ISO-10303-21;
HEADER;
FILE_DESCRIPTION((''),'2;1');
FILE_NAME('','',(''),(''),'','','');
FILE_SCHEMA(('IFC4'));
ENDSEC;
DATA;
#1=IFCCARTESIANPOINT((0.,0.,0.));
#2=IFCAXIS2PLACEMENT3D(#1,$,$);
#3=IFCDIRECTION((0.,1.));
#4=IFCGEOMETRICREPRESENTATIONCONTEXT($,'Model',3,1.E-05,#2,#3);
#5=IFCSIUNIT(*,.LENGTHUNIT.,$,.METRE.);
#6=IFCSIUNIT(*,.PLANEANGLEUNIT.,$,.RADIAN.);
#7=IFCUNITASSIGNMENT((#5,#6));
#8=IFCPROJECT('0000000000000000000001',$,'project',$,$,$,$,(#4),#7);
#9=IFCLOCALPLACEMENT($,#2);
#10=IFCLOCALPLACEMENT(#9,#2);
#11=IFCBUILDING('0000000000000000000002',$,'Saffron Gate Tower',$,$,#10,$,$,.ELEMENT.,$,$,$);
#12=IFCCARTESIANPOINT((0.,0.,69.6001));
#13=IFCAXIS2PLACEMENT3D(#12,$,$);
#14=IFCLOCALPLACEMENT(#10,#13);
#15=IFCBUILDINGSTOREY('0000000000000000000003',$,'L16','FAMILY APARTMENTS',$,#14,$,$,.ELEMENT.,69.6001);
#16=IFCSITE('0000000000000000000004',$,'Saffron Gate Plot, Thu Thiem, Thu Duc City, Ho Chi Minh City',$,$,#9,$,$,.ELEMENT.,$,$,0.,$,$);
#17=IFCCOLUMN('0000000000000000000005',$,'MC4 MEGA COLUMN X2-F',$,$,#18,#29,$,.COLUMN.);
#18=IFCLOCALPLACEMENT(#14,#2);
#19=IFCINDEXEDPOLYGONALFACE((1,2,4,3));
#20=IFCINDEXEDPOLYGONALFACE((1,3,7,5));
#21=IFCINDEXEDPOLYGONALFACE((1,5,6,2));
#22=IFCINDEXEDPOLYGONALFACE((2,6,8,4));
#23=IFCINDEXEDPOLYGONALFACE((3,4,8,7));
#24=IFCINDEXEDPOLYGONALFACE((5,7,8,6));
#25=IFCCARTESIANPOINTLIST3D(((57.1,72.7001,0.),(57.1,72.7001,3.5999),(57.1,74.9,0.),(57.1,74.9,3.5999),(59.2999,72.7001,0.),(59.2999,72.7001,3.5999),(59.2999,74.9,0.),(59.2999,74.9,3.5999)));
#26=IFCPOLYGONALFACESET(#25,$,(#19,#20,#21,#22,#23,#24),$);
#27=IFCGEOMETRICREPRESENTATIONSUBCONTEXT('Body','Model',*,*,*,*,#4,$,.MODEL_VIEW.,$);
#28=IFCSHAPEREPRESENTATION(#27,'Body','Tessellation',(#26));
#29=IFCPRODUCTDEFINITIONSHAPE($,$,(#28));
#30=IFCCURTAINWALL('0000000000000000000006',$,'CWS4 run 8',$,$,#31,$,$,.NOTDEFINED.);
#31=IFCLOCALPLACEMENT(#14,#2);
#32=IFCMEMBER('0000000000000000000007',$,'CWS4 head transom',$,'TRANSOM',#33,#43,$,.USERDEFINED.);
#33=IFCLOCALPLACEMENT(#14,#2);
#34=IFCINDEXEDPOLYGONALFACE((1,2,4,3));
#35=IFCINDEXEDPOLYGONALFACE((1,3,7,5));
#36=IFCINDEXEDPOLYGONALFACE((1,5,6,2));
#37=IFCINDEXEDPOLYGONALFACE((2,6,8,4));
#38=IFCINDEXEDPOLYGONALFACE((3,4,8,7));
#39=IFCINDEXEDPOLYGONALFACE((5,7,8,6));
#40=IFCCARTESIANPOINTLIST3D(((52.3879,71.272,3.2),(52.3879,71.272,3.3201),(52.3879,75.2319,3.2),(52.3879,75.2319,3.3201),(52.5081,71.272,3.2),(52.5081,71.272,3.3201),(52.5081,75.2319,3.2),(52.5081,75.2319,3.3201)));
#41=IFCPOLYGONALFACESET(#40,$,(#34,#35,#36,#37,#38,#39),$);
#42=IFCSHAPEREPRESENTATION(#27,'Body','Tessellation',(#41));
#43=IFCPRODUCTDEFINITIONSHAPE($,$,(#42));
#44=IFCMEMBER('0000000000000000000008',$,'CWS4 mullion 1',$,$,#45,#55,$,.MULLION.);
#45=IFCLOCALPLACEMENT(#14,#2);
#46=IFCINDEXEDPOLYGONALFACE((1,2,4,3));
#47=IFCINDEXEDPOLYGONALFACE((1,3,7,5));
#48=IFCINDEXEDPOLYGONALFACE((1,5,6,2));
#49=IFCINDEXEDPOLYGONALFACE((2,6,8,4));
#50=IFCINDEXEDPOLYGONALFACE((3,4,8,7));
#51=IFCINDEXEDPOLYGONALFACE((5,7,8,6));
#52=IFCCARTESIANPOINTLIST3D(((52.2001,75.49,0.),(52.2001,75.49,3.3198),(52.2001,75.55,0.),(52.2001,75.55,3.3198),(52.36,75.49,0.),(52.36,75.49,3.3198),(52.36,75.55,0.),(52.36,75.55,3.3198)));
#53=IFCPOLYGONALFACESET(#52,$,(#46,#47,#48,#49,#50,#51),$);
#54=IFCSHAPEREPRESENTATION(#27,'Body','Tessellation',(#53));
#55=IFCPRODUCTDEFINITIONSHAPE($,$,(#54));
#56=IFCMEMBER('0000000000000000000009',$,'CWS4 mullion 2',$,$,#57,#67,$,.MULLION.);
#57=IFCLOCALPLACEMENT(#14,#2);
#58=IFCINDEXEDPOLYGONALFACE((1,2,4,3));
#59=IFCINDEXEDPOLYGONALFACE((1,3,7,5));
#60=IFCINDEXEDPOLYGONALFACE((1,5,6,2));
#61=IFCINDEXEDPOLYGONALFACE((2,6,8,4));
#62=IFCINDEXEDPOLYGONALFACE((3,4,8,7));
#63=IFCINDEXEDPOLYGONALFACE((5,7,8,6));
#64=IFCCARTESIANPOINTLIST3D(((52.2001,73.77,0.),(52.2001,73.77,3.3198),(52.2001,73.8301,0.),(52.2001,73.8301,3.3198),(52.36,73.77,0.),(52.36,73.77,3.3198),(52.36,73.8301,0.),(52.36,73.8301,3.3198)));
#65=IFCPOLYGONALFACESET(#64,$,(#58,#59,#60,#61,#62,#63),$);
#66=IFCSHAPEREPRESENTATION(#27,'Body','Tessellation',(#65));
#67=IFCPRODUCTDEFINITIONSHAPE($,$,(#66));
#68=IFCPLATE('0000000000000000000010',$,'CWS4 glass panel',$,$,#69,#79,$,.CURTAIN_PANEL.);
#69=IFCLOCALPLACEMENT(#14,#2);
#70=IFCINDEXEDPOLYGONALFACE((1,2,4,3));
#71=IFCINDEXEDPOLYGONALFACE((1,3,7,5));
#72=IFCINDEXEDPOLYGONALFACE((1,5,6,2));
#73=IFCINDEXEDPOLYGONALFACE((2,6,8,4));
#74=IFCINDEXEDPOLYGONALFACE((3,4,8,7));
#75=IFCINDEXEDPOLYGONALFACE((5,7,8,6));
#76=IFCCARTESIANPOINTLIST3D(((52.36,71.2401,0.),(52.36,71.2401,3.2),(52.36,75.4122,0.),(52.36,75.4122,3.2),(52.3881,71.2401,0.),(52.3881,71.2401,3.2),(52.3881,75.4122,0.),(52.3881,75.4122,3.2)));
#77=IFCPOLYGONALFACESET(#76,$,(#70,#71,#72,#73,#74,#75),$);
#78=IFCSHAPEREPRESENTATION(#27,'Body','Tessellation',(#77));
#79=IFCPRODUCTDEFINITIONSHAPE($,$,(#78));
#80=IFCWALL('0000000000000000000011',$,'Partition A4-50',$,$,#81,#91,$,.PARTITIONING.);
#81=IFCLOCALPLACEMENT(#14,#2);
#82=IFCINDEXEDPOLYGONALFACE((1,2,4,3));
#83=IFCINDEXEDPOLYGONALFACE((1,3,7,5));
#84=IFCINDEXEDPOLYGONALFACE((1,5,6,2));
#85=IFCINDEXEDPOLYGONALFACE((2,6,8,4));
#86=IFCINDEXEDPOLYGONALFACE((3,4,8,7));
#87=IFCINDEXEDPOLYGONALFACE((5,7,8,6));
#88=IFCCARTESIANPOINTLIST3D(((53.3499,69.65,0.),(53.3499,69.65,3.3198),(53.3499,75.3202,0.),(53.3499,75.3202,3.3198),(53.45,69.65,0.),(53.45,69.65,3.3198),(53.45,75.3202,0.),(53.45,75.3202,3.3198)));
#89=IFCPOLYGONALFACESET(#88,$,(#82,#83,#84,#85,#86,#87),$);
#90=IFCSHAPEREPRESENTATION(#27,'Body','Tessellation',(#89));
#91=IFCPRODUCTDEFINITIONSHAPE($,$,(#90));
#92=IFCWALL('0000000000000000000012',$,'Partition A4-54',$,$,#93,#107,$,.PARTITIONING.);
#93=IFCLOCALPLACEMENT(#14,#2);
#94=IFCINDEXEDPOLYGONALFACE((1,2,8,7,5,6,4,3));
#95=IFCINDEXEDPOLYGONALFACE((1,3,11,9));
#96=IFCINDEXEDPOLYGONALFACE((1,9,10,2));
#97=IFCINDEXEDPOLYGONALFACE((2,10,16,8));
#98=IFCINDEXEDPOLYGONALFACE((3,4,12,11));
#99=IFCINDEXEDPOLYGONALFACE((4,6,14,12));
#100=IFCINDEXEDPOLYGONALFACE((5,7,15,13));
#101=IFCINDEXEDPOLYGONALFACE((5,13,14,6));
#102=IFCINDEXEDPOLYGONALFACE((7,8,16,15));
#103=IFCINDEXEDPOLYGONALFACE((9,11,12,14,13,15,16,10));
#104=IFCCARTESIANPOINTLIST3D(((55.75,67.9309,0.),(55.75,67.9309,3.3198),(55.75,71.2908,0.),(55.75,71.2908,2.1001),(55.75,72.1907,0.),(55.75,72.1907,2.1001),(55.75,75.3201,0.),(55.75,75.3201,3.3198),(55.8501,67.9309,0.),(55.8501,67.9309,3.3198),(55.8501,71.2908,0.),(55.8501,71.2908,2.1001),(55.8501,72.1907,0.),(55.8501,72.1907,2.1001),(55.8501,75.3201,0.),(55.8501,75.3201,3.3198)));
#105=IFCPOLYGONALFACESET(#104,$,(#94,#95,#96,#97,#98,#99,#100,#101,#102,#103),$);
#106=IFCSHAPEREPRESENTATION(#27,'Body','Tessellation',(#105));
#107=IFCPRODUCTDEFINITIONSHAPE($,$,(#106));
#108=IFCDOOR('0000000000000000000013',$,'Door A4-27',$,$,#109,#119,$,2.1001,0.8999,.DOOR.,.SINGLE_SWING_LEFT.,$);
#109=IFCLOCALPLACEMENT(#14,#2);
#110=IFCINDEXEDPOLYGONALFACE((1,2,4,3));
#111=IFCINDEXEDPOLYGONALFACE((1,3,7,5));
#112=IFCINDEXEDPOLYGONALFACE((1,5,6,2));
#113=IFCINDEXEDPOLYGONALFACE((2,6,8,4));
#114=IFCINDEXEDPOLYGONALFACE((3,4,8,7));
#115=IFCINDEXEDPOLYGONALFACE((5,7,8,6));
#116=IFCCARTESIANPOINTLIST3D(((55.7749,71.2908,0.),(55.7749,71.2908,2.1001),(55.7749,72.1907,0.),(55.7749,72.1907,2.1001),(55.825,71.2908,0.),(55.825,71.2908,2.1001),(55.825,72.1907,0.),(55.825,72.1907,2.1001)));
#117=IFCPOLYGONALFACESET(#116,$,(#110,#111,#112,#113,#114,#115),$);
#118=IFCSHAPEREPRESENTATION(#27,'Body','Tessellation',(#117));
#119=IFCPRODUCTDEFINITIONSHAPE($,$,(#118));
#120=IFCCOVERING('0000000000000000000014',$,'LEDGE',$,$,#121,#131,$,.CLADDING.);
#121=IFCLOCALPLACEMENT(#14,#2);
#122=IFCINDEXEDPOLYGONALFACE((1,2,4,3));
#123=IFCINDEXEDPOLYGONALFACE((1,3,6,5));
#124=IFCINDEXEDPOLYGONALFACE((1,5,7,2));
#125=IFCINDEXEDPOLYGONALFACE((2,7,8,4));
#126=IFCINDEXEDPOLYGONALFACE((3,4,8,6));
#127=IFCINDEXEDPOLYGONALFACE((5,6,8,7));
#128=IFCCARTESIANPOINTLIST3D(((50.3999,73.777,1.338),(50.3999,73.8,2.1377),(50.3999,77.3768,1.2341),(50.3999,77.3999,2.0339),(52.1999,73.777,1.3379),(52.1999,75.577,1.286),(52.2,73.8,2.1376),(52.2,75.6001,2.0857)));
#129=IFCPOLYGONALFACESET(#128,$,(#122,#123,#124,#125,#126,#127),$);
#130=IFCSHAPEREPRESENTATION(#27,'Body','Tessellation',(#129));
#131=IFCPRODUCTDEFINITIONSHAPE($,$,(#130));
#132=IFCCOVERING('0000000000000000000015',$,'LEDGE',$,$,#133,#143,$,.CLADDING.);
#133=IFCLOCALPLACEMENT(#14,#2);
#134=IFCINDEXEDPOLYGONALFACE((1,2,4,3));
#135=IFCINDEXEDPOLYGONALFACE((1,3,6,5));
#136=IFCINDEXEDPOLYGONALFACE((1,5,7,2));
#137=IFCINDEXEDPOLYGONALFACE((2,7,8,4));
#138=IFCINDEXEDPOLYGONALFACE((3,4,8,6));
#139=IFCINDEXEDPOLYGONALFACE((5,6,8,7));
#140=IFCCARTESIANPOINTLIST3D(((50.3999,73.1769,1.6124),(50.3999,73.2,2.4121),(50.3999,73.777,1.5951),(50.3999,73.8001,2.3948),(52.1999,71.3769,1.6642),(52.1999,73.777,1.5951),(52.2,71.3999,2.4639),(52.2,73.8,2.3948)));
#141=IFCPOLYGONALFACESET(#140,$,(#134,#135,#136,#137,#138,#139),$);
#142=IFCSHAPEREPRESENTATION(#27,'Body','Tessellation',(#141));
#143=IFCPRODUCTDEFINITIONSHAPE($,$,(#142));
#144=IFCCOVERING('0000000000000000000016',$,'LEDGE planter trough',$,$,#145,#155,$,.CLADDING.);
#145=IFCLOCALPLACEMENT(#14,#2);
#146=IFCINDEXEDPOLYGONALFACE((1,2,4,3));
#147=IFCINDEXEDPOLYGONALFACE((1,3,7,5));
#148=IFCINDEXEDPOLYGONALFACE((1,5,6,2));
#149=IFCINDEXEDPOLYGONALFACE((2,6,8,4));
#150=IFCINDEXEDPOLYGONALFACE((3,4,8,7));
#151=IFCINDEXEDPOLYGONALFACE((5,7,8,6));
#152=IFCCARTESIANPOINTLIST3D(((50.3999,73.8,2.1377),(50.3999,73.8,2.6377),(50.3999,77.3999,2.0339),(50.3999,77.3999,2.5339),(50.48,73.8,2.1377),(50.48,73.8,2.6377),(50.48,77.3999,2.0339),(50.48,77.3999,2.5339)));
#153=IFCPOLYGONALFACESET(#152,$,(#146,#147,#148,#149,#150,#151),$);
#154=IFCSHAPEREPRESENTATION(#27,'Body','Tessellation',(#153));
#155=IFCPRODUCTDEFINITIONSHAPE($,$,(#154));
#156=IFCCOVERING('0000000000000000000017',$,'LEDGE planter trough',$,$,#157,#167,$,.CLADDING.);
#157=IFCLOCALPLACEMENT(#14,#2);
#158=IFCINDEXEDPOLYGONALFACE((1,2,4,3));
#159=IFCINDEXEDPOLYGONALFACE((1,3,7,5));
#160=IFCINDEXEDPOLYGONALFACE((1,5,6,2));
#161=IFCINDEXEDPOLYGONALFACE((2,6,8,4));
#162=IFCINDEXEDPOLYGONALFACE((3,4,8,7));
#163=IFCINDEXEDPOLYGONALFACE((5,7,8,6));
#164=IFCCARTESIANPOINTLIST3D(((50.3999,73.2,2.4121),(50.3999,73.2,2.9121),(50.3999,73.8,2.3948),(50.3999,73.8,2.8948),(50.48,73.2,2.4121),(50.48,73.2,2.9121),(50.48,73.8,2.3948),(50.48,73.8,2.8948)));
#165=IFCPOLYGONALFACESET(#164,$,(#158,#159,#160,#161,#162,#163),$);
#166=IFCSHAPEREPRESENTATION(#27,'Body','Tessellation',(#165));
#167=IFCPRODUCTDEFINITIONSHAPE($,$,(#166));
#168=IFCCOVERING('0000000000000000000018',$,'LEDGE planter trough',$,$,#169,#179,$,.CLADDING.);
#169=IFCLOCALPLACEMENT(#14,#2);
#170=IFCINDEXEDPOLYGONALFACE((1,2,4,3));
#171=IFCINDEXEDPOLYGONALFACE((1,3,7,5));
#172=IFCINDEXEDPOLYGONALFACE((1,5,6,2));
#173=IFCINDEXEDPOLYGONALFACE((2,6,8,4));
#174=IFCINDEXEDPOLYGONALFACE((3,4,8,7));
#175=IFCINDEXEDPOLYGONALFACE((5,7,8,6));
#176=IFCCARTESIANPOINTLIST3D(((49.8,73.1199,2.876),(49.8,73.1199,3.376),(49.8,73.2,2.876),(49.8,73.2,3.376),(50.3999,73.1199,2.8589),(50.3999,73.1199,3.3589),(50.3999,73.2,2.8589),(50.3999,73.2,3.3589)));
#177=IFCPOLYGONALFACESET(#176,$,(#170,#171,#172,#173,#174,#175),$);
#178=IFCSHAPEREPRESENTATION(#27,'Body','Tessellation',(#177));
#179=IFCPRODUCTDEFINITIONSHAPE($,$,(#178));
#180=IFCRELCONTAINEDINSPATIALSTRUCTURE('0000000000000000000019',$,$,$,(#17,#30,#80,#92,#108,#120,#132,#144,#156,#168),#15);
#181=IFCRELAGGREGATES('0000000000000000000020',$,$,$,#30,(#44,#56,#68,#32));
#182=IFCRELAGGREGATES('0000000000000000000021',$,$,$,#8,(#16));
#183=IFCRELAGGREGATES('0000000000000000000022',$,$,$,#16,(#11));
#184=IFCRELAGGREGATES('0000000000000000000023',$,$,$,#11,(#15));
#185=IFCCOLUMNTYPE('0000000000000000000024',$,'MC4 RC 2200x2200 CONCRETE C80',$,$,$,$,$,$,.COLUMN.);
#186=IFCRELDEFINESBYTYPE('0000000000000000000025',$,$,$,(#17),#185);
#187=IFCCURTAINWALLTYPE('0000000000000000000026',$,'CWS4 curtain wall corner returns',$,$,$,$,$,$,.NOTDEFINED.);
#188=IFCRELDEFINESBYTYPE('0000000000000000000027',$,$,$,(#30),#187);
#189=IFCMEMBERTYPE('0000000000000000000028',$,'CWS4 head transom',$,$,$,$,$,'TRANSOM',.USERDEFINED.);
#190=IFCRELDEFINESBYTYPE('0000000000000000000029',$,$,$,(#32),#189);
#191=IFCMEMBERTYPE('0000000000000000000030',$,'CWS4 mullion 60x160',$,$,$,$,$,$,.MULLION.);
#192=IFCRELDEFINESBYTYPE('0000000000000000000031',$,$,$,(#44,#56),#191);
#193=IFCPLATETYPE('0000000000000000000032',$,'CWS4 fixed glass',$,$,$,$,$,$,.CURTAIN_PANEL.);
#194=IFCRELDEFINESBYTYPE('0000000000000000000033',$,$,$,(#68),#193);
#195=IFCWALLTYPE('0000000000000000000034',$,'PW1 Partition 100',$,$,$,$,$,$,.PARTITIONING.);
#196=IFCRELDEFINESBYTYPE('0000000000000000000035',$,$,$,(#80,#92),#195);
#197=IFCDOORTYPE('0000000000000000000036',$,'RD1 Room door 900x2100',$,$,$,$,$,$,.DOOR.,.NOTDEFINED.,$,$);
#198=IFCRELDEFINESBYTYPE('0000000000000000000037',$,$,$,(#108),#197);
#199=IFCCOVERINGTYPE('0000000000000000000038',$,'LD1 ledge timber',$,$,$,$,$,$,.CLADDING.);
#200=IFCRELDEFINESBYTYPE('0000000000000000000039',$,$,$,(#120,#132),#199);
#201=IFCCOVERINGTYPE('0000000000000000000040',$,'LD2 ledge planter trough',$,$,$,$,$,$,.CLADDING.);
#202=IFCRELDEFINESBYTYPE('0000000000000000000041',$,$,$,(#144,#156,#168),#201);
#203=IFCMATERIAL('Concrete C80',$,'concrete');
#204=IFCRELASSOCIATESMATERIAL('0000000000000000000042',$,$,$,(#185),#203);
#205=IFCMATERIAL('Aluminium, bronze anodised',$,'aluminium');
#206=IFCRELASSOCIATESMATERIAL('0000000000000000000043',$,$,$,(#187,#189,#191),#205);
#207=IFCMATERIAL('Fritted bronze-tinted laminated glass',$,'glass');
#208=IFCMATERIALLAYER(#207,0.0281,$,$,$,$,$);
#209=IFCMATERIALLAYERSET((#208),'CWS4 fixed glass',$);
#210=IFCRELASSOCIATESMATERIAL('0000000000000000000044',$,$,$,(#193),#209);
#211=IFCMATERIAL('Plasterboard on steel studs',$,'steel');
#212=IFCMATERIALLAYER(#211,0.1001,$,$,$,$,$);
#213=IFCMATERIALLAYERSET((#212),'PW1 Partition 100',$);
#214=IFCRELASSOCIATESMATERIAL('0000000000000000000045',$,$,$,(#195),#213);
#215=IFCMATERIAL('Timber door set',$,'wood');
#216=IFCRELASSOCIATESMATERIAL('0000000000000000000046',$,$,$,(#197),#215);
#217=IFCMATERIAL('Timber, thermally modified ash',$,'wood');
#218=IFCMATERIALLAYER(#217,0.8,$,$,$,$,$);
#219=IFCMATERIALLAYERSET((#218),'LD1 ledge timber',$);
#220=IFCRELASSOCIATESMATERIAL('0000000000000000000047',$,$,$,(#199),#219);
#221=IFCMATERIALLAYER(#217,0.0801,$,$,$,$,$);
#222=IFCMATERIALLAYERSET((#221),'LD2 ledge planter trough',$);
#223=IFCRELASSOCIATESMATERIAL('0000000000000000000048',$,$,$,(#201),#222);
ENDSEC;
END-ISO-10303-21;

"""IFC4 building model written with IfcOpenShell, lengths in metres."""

from ifc_helpers import new_model, si_unit, direction, frame, frame_2d, origin, origin_2d, place, context, subcontext, project, spatial, polyline, rectangle, outline, extrude, material, layer, layer_set, material_profile, profile_set, type_object, element, fill, aggregate, save


model = new_model("IFC4")

# Units and contexts
model_context = context("Model", 3, precision=1e-05, world=origin(), true_north=direction((0.0, 1.0)))
body_context = subcontext(model_context, "Body", "Model", "MODEL_VIEW")
ifc_project = project(units=[si_unit("LENGTHUNIT", "METRE"), si_unit("PLANEANGLEUNIT", "RADIAN")], contexts=[model_context])

# Site, building, storey
site_placement = place(None, origin())
site = spatial("IfcSite", under=ifc_project, at=site_placement, Name="Saffron Gate Plot, Thu Thiem, Thu Duc City, Ho Chi Minh City", CompositionType="ELEMENT", RefElevation=0.0)
building_placement = place(site_placement, origin())
building = spatial("IfcBuilding", under=site, at=building_placement, Name="Saffron Gate Tower", CompositionType="ELEMENT")
storey_placement = place(building_placement, frame((0.0, 0.0, 69.6001)))
storey = spatial("IfcBuildingStorey", under=building, at=storey_placement, Name="L16", Description="FAMILY APARTMENTS", CompositionType="ELEMENT", Elevation=69.6001)

# Column
ifc_material_1 = material(Name="Concrete C80", Category="concrete")
ifc_material_profile_1 = material_profile(ifc_material_1, rectangle(XDim=2.2, YDim=2.2, at=origin_2d()))
ifc_profile_set_1 = profile_set([ifc_material_profile_1], Name="Concrete C80")
column_type = type_object("IfcColumnType", Name="MC4 RC 2200x2200 CONCRETE C80", PredefinedType="COLUMN", material=ifc_profile_set_1)
column_placement = place(storey_placement, frame((58.2, 73.8, 0.0), z_axis=(0.0, 0.0, 1.0), x_axis=(1.0, 0.0, 0.0)))
element("IfcColumn", 1, at=column_placement, inside=storey, type_object=column_type, Name="MC4 MEGA COLUMN X2-F", PredefinedType="COLUMN", context=body_context, shape_type="SweptSolid", body=[
    extrude(rectangle(XDim=2.2, YDim=2.2, at=origin_2d()), origin(), (0.0, 0.0, 1.0), 3.5999),
])

# Curtain wall, members, plate
ifc_material_2 = material(Name="Aluminium, bronze anodised", Category="aluminium")
curtain_wall_type = type_object("IfcCurtainWallType", Name="CWS4 curtain wall corner returns", PredefinedType="NOTDEFINED", material=ifc_material_2)
curtain_wall_placement = place(storey_placement, origin())
curtain_wall = element("IfcCurtainWall", 2, at=curtain_wall_placement, inside=storey, type_object=curtain_wall_type, Name="CWS4 run 8", PredefinedType="NOTDEFINED")
ifc_material_profile_2 = material_profile(ifc_material_2, rectangle(XDim=0.1201, YDim=0.1201, at=origin_2d()))
ifc_profile_set_2 = profile_set([ifc_material_profile_2], Name="Aluminium, bronze anodised")
member_type_1 = type_object("IfcMemberType", Name="CWS4 head transom", ElementType="TRANSOM", PredefinedType="USERDEFINED", material=ifc_profile_set_2)
member_1_placement = place(storey_placement, frame((52.448, 75.2319, 3.26), z_axis=(0.0, -1.0, 0.0), x_axis=(1.0, 0.0, 0.0)))
member_1 = element("IfcMember", 3, at=member_1_placement, type_object=member_type_1, Name="CWS4 head transom", ObjectType="TRANSOM", PredefinedType="USERDEFINED", context=body_context, shape_type="SweptSolid", body=[
    extrude(rectangle(XDim=0.1201, YDim=0.1201, at=origin_2d()), origin(), (0.0, 0.0, 1.0), 3.96),
])
ifc_material_profile_3 = material_profile(ifc_material_2, rectangle(XDim=0.1599, YDim=0.0601, at=origin_2d()))
ifc_profile_set_3 = profile_set([ifc_material_profile_3], Name="Aluminium, bronze anodised")
member_type_2 = type_object("IfcMemberType", Name="CWS4 mullion 60x160", PredefinedType="MULLION", material=ifc_profile_set_3)
member_2_placement = place(storey_placement, frame((52.28, 75.52, 0.0), z_axis=(0.0, 0.0, 1.0), x_axis=(1.0, 0.0, 0.0)))
member_2 = element("IfcMember", 4, at=member_2_placement, type_object=member_type_2, Name="CWS4 mullion 1", PredefinedType="MULLION", context=body_context, shape_type="SweptSolid", body=[
    extrude(rectangle(XDim=0.1599, YDim=0.0601, at=origin_2d()), origin(), (0.0, 0.0, 1.0), 3.3198),
])
member_3_placement = place(storey_placement, frame((52.28, 73.8, 0.0), z_axis=(0.0, 0.0, 1.0), x_axis=(1.0, 0.0, 0.0)))
member_3 = element("IfcMember", 5, at=member_3_placement, type_object=member_type_2, Name="CWS4 mullion 2", PredefinedType="MULLION", context=body_context, shape_type="SweptSolid", body=[
    extrude(rectangle(XDim=0.1599, YDim=0.0601, at=origin_2d()), origin(), (0.0, 0.0, 1.0), 3.3198),
])
ifc_material_3 = material(Name="Fritted bronze-tinted laminated glass", Category="glass")
ifc_layer_1 = layer(ifc_material_3, 0.0281)
ifc_layer_set_1 = layer_set([ifc_layer_1], Name="CWS4 fixed glass")
plate_type = type_object("IfcPlateType", Name="CWS4 fixed glass", PredefinedType="CURTAIN_PANEL", material=ifc_layer_set_1)
plate_placement = place(storey_placement, frame((52.374, 75.4121, 0.0), z_axis=(0.0, 0.0, 1.0), x_axis=(0.0, -1.0, 0.0)))
plate = element("IfcPlate", 6, at=plate_placement, type_object=plate_type, Name="CWS4 glass panel", PredefinedType="CURTAIN_PANEL", context=body_context, shape_type="SweptSolid", body=[
    extrude(rectangle(XDim=4.1721, YDim=0.0281, at=frame_2d((2.0859, 0.0))), origin(), (0.0, 0.0, 1.0), 3.2),
])
aggregate(curtain_wall, [member_2, member_3, plate, member_1])

# Wall
ifc_material_4 = material(Name="Plasterboard on steel studs", Category="steel")
ifc_layer_2 = layer(ifc_material_4, 0.1001)
ifc_layer_set_2 = layer_set([ifc_layer_2], Name="PW1 Partition 100")
wall_type = type_object("IfcWallType", Name="PW1 Partition 100", PredefinedType="PARTITIONING", material=ifc_layer_set_2)
wall_1_placement = place(storey_placement, frame((53.3999, 75.3201, 0.0), z_axis=(0.0, 0.0, 1.0), x_axis=(0.0, -1.0, 0.0)))
element("IfcWall", 7, at=wall_1_placement, inside=storey, type_object=wall_type, Name="Partition A4-50", PredefinedType="PARTITIONING", context=body_context, shape_type="SweptSolid", body=[
    extrude(rectangle(XDim=5.6702, YDim=0.1001, at=frame_2d((2.835, 0.0))), origin(), (0.0, 0.0, 1.0), 3.3198),
])

# Wall, opening, door
wall_2_placement = place(storey_placement, frame((55.8, 75.3201, 0.0), z_axis=(0.0, 0.0, 1.0), x_axis=(0.0, -1.0, 0.0)))
wall_2 = element("IfcWall", 8, at=wall_2_placement, inside=storey, type_object=wall_type, Name="Partition A4-54", PredefinedType="PARTITIONING", context=body_context, shape_type="SweptSolid", body=[
    extrude(rectangle(XDim=7.3892, YDim=0.1001, at=frame_2d((3.6946, 0.0))), origin(), (0.0, 0.0, 1.0), 3.3198),
])
opening_placement = place(wall_2_placement, frame((3.1294, 0.0, 0.0)))
opening = element("IfcOpeningElement", 9, at=opening_placement, cuts=wall_2, PredefinedType="OPENING", context=body_context, shape_type="SweptSolid", body=[
    extrude(rectangle(XDim=0.8999, YDim=2.1001, at=frame_2d((0.45, 1.05))), frame((0.0, 0.0601, 0.0), z_axis=(0.0, -1.0, 0.0), x_axis=(1.0, 0.0, 0.0)), (0.0, 0.0, 1.0), 0.1201),
])
ifc_material_5 = material(Name="Timber door set", Category="wood")
door_type = type_object("IfcDoorType", Name="RD1 Room door 900x2100", OperationType="NOTDEFINED", PredefinedType="DOOR", material=ifc_material_5)
door_placement = place(opening_placement, origin())
door = element("IfcDoor", 10, at=door_placement, inside=storey, type_object=door_type, Name="Door A4-27", OperationType="SINGLE_SWING_LEFT", OverallHeight=2.1001, OverallWidth=0.8999, PredefinedType="DOOR", context=body_context, shape_type="SweptSolid", body=[
    extrude(rectangle(XDim=0.8999, YDim=2.1001, at=frame_2d((0.45, 1.05))), frame((0.0, 0.0249, 0.0), z_axis=(0.0, -1.0, 0.0), x_axis=(1.0, 0.0, 0.0)), (0.0, 0.0, 1.0), 0.05),
])
fill(opening, door)

# Coverings
ifc_material_6 = material(Name="Timber, thermally modified ash", Category="wood")
ifc_layer_3 = layer(ifc_material_6, 0.8)
ifc_layer_set_3 = layer_set([ifc_layer_3], Name="LD1 ledge timber")
covering_type_1 = type_object("IfcCoveringType", Name="LD1 ledge timber", PredefinedType="CLADDING", material=ifc_layer_set_3)
covering_1_placement = place(storey_placement, frame((52.2, 75.6001, 2.0857), z_axis=(0.000044, 0.028833, 0.999584), x_axis=(0.0, -0.999584, 0.028833)))
element("IfcCovering", 11, at=covering_1_placement, inside=storey, type_object=covering_type_1, Name="LEDGE", PredefinedType="CLADDING", context=body_context, shape_type="SweptSolid", body=[
    extrude(outline(polyline([(0.0, 0.0), (1.8008, 0.0), (1.8008, -1.8), (-1.8005, -1.8), (0.0, 0.0)])), origin(), (0.0, 0.0, -1.0), 0.8),
])
covering_2_placement = place(storey_placement, frame((52.2, 73.8, 2.3948), z_axis=(0.000026, 0.028794, 0.999585), x_axis=(0.0, -0.999585, 0.028794)))
element("IfcCovering", 12, at=covering_2_placement, inside=storey, type_object=covering_type_1, Name="LEDGE", PredefinedType="CLADDING", context=body_context, shape_type="SweptSolid", body=[
    extrude(outline(polyline([(0.0, 0.0), (2.4011, 0.0), (0.6003, -1.8), (0.0, -1.8), (0.0, 0.0)])), origin(), (0.0, 0.0, -1.0), 0.8),
])
ifc_layer_4 = layer(ifc_material_6, 0.0801)
ifc_layer_set_4 = layer_set([ifc_layer_4], Name="LD2 ledge planter trough")
covering_type_2 = type_object("IfcCoveringType", Name="LD2 ledge planter trough", PredefinedType="CLADDING", material=ifc_layer_set_4)
covering_3_placement = place(storey_placement, frame((50.3999, 77.3999, 2.0339), z_axis=(-1.0, 0.0, 0.0), x_axis=(0.0, -0.999585, 0.028811)))
element("IfcCovering", 13, at=covering_3_placement, inside=storey, type_object=covering_type_2, Name="LEDGE planter trough", PredefinedType="CLADDING", context=body_context, shape_type="SweptSolid", body=[
    extrude(outline(polyline([(0.0, 0.0), (3.6013, 0.0), (3.6158, 0.4998), (0.0144, 0.4998), (0.0, 0.0)])), origin(), (0.0, 0.0, -1.0), 0.0801),
])
covering_4_placement = place(storey_placement, frame((50.3999, 73.8, 2.3948), z_axis=(-1.0, 0.0, 0.0), x_axis=(0.0, -0.999583, 0.028873)))
element("IfcCovering", 14, at=covering_4_placement, inside=storey, type_object=covering_type_2, Name="LEDGE planter trough", PredefinedType="CLADDING", context=body_context, shape_type="SweptSolid", body=[
    extrude(outline(polyline([(0.0, 0.0), (0.6003, 0.0), (0.6148, 0.4998), (0.0144, 0.4998), (0.0, 0.0)])), origin(), (0.0, 0.0, -1.0), 0.0801),
])
covering_5_placement = place(storey_placement, frame((50.3999, 73.2, 2.8589), z_axis=(0.0, 1.0, 0.0), x_axis=(-0.999594, 0.0, 0.028478)))
element("IfcCovering", 15, at=covering_5_placement, inside=storey, type_object=covering_type_2, Name="LEDGE planter trough", PredefinedType="CLADDING", context=body_context, shape_type="SweptSolid", body=[
    extrude(outline(polyline([(0.0, 0.0), (0.6001, 0.0), (0.6143, 0.4998), (0.0142, 0.4998), (0.0, 0.0)])), origin(), (0.0, 0.0, -1.0), 0.0801),
])

save(model, "model.ifc")
